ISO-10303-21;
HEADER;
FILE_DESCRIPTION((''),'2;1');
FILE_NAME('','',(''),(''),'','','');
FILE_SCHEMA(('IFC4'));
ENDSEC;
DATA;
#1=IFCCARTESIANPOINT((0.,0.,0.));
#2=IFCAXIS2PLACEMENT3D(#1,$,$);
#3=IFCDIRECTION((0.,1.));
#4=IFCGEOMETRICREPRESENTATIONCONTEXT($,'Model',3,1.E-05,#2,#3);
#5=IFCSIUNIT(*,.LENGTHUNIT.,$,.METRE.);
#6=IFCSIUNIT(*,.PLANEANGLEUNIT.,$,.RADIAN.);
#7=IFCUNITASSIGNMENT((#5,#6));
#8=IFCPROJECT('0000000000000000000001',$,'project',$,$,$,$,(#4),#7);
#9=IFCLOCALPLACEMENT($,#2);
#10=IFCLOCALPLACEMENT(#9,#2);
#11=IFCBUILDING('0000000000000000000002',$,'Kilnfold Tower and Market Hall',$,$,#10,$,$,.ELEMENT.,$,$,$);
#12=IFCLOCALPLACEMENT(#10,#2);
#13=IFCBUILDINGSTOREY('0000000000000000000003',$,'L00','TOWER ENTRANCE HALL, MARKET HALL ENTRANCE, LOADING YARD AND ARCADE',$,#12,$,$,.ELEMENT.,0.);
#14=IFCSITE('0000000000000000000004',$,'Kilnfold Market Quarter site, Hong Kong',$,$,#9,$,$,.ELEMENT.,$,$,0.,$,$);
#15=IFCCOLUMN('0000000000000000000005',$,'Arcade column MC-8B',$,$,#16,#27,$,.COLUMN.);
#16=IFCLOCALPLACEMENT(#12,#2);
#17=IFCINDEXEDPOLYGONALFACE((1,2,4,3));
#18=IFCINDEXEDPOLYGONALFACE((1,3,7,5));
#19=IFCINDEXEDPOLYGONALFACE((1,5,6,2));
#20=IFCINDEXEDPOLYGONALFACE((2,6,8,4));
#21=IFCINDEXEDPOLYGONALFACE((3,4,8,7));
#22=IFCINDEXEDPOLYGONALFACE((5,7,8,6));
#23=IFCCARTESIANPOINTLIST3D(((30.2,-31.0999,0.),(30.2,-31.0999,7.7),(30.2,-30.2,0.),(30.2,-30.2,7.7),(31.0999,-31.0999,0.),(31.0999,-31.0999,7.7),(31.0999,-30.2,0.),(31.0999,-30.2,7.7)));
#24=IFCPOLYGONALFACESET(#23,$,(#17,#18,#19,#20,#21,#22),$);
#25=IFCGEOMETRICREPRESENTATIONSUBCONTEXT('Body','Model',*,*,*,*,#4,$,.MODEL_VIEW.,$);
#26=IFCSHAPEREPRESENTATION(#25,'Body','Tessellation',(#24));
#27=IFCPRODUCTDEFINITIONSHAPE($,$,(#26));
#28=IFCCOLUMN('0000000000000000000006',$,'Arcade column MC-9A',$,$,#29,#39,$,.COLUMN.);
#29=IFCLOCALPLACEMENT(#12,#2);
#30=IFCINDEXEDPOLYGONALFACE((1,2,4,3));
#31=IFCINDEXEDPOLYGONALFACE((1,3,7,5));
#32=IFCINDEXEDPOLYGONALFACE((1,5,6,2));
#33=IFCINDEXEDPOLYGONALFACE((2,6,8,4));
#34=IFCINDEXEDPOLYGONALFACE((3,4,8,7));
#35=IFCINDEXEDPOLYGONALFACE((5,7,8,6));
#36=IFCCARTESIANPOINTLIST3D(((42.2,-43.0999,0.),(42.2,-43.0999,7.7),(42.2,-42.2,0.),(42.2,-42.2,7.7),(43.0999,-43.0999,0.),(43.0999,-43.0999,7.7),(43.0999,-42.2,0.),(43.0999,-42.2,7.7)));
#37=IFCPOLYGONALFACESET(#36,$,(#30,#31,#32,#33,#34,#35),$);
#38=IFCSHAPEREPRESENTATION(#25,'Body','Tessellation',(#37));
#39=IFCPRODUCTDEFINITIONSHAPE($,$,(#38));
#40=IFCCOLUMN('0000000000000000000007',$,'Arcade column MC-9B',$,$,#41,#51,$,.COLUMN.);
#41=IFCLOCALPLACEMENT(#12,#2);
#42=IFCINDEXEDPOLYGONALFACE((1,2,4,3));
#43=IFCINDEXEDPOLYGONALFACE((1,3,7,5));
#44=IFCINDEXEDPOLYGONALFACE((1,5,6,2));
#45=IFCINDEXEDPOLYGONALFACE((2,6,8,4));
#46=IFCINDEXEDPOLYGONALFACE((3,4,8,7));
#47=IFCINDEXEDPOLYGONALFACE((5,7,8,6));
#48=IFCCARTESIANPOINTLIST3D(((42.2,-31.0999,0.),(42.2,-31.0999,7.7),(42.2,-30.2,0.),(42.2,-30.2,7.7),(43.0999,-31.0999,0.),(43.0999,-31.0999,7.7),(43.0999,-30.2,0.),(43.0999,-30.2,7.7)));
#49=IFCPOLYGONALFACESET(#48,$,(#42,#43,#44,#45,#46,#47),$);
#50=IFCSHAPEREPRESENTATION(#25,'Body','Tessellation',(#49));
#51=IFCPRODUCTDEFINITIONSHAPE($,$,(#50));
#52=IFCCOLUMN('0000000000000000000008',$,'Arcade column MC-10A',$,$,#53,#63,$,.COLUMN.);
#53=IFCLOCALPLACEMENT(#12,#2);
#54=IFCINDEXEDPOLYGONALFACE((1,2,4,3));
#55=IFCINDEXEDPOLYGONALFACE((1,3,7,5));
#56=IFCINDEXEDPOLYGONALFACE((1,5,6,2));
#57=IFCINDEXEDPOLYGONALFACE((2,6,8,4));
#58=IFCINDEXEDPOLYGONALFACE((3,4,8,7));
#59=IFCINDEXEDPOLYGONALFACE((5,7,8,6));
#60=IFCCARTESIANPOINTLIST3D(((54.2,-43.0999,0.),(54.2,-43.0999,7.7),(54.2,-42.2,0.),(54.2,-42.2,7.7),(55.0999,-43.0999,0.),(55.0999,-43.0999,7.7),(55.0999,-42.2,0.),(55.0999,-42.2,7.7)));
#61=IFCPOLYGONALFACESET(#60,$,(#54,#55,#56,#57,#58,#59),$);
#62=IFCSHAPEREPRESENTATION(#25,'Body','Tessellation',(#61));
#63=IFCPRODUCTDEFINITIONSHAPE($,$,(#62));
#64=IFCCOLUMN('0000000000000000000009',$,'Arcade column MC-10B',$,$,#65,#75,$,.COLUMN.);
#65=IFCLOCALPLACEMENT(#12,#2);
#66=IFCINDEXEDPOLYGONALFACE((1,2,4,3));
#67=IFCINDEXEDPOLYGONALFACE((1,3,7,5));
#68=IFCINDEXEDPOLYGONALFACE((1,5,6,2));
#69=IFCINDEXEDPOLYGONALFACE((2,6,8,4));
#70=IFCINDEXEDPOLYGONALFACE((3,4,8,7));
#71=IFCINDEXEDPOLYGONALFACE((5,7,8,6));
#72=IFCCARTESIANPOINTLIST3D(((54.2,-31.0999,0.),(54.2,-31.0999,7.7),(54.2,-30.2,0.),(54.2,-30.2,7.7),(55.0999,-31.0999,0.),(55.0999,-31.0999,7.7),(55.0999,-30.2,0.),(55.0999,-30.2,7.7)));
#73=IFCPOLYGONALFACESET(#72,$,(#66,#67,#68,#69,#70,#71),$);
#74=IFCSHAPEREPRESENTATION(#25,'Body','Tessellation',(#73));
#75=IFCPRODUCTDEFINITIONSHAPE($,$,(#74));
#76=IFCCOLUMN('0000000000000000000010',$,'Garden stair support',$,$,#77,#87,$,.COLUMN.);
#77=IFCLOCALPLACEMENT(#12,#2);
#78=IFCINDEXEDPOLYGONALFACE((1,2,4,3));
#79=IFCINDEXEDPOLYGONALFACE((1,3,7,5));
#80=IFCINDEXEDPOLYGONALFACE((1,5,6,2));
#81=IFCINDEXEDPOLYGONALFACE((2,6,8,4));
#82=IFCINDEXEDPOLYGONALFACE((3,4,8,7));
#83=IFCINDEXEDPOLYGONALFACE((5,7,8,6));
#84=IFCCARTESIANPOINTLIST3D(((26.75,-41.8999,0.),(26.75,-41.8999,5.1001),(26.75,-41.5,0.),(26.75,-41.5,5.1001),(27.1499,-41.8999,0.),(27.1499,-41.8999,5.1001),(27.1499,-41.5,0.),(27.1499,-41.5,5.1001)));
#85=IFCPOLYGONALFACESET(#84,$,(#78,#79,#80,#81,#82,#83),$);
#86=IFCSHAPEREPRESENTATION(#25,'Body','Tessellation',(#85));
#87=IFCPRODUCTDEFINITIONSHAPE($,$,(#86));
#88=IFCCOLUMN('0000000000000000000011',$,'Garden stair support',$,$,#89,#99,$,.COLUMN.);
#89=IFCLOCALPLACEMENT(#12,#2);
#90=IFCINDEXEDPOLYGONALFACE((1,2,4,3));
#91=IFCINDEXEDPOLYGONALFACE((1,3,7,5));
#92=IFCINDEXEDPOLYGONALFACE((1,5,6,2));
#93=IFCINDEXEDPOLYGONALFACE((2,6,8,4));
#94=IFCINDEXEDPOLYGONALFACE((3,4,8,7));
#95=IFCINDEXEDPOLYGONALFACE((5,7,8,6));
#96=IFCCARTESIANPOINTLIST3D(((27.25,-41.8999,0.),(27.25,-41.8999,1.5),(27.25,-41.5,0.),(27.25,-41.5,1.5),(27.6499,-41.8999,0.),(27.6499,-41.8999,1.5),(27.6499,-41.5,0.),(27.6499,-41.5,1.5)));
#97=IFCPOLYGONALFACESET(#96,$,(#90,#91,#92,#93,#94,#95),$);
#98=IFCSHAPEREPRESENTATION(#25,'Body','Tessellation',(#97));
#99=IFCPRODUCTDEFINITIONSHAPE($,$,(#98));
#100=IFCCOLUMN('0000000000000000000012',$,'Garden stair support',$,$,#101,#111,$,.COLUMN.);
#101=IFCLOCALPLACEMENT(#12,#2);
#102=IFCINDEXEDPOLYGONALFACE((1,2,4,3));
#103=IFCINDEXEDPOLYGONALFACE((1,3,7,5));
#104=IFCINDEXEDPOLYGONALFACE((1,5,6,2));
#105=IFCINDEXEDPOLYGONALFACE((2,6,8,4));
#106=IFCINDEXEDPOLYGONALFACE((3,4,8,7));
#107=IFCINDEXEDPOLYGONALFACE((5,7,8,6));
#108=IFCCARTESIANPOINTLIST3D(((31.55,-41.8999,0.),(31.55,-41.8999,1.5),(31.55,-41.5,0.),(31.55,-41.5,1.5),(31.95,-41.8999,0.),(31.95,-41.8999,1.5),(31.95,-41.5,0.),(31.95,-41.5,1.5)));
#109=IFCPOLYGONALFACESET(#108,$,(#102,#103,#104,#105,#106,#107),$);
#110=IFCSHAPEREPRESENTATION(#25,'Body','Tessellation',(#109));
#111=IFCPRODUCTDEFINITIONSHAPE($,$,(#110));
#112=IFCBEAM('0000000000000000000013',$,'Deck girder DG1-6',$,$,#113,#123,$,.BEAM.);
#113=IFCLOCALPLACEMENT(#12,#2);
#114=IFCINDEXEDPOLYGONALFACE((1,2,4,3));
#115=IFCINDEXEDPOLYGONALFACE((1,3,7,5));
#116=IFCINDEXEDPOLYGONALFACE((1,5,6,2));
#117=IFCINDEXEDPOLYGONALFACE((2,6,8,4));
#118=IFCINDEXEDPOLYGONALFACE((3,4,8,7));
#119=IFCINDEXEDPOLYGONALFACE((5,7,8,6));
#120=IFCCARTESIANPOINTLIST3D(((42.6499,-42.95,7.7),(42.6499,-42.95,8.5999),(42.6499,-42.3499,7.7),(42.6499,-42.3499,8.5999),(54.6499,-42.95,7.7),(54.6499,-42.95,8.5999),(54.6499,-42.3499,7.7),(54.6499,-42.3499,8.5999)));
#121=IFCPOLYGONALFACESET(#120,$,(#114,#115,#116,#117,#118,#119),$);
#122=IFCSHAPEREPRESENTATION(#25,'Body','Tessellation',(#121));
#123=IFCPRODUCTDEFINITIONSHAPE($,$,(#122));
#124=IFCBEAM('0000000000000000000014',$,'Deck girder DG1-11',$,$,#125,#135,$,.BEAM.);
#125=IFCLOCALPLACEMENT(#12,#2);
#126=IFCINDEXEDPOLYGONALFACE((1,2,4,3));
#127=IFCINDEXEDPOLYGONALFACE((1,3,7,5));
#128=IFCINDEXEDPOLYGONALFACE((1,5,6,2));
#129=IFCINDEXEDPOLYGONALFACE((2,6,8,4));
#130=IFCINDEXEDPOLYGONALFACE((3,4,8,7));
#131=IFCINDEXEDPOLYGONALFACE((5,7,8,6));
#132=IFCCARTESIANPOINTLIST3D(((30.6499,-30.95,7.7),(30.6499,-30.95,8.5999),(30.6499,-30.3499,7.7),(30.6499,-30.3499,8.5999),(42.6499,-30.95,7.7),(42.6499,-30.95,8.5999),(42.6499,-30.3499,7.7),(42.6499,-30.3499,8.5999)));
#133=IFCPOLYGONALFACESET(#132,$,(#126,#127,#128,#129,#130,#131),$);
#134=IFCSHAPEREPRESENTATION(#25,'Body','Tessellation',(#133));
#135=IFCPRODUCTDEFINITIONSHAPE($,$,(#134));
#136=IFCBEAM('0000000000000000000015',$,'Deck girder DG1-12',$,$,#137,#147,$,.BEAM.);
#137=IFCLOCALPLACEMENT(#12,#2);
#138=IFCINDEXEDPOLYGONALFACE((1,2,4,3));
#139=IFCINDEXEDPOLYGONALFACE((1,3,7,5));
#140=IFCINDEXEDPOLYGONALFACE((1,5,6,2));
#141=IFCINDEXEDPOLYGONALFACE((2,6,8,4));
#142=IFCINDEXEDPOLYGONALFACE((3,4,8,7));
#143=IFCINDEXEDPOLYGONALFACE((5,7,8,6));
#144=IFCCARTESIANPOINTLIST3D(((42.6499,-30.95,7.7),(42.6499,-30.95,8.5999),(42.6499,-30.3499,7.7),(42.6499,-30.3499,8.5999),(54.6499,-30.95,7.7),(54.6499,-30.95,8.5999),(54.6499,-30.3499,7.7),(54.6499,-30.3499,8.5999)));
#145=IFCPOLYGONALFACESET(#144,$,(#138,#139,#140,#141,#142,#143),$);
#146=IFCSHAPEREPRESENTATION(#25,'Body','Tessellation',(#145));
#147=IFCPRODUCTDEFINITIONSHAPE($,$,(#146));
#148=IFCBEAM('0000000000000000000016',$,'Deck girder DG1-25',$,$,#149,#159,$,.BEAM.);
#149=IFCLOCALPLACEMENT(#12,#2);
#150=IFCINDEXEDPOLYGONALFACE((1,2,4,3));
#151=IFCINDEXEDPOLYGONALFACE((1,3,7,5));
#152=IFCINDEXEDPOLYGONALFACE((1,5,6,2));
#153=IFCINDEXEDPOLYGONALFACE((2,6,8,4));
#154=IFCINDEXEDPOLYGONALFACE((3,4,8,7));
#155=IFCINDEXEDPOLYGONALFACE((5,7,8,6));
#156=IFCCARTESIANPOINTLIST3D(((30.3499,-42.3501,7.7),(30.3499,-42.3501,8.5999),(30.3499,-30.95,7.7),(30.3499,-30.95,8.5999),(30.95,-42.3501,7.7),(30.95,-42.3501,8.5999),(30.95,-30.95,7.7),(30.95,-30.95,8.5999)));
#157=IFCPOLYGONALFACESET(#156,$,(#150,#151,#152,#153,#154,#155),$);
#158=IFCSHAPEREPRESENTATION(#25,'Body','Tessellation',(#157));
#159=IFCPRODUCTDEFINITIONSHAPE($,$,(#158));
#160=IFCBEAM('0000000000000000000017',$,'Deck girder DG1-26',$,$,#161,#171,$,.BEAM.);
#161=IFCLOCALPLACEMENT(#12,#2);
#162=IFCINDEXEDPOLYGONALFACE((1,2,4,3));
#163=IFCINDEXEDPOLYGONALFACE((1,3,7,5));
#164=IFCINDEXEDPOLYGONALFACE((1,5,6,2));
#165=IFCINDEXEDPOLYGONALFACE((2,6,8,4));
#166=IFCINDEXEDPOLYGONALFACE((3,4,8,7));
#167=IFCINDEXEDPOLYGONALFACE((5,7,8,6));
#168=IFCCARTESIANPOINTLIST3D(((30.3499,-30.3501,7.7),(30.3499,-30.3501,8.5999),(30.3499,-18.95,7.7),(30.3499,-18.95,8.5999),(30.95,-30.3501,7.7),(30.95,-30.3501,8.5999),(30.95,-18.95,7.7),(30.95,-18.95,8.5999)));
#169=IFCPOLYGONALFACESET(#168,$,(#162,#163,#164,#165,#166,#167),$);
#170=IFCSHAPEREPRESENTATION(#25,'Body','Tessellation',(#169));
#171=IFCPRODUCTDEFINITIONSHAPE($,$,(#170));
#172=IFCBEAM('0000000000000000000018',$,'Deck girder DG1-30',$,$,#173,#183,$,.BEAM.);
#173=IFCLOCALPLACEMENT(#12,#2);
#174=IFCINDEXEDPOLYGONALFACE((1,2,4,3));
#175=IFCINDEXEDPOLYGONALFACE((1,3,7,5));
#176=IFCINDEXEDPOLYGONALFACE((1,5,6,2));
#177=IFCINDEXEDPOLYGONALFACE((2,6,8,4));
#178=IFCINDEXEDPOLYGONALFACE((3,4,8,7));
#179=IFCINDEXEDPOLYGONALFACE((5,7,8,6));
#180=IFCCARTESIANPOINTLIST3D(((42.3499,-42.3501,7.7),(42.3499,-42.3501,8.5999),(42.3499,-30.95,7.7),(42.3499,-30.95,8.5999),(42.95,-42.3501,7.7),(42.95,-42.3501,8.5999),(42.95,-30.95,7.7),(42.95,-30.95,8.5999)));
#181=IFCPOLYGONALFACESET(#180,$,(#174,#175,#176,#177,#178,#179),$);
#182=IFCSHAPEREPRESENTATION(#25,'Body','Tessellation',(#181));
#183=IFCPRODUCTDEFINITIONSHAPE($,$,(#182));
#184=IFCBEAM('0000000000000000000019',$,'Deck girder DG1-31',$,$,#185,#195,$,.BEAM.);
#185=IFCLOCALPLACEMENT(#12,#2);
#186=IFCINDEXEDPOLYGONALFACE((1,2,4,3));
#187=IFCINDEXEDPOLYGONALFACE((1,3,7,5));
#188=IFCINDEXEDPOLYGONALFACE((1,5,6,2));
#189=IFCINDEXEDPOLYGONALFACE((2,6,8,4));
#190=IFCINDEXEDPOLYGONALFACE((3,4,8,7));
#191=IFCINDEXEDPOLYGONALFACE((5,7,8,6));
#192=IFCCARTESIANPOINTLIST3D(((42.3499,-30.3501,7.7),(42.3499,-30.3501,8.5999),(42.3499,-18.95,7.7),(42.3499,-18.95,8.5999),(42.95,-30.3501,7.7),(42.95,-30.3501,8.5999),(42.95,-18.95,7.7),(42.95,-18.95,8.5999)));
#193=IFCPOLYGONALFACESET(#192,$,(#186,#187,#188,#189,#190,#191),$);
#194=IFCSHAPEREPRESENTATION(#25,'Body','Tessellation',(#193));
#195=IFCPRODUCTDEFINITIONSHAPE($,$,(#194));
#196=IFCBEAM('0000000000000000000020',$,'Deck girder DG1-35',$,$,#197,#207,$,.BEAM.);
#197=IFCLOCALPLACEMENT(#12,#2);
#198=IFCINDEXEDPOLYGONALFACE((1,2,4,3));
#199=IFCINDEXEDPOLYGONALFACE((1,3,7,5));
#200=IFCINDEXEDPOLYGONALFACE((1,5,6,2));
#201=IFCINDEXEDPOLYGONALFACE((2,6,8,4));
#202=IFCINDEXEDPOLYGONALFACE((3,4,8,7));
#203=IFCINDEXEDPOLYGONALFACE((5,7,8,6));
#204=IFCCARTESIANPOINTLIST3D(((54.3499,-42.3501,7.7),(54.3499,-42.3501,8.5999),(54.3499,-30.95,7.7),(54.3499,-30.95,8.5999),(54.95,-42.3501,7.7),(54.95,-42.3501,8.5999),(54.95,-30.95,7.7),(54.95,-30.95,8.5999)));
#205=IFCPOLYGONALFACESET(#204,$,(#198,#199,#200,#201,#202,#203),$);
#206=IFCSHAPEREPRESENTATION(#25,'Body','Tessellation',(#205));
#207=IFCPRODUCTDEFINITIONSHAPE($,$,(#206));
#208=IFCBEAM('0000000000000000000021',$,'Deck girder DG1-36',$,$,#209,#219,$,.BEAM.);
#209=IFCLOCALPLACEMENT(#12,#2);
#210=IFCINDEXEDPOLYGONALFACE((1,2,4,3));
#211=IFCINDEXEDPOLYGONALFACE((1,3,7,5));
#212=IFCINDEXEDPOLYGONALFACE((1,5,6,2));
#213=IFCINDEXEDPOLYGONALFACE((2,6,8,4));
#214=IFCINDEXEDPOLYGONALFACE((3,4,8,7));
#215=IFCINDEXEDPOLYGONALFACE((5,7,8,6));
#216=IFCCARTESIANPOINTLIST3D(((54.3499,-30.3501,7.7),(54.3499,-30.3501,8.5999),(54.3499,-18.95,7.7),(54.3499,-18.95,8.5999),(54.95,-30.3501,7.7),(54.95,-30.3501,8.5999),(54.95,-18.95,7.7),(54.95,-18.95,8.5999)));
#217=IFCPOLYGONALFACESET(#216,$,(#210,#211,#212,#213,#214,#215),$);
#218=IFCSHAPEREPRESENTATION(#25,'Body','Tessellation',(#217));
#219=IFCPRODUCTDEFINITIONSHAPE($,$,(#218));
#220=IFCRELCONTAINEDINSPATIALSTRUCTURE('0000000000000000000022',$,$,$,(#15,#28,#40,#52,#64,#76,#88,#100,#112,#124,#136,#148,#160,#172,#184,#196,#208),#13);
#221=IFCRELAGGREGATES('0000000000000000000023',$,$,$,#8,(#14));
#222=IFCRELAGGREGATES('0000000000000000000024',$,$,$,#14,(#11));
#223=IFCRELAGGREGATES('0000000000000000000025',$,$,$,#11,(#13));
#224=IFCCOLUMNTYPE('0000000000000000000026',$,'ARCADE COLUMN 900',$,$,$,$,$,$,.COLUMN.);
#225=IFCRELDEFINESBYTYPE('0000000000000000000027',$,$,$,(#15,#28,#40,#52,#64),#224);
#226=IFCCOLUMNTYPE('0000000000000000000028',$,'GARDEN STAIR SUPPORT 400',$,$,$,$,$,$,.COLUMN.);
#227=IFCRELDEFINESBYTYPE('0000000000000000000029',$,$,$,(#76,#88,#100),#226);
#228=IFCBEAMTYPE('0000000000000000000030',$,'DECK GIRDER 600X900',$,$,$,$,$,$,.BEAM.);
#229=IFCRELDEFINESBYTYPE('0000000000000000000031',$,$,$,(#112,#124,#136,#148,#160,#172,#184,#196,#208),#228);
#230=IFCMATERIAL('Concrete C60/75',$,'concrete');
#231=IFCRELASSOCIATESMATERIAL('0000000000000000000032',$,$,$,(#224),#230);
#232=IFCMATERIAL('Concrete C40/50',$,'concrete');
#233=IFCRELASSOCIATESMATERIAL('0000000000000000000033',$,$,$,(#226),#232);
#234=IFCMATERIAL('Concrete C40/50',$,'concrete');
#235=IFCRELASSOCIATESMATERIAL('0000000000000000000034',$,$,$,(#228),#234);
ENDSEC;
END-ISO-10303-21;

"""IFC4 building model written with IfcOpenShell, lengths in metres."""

from ifc_helpers import new_model, si_unit, direction, frame, origin, origin_2d, place, context, subcontext, project, spatial, rectangle, extrude, source, transform, mapped, material, material_profile, profile_set, type_object, element, save


model = new_model("IFC4")

# Units and contexts
model_context = context("Model", 3, precision=1e-05, world=origin(), true_north=direction((0.0, 1.0)))
body_context = subcontext(model_context, "Body", "Model", "MODEL_VIEW")
ifc_project = project(units=[si_unit("LENGTHUNIT", "METRE"), si_unit("PLANEANGLEUNIT", "RADIAN")], contexts=[model_context])

# Site, building, storey
site_placement = place(None, origin())
site = spatial("IfcSite", under=ifc_project, at=site_placement, Name="Kilnfold Market Quarter site, Hong Kong", CompositionType="ELEMENT", RefElevation=0.0)
building_placement = place(site_placement, origin())
building = spatial("IfcBuilding", under=site, at=building_placement, Name="Kilnfold Tower and Market Hall", CompositionType="ELEMENT")
storey_placement = place(building_placement, origin())
storey = spatial("IfcBuildingStorey", under=building, at=storey_placement, Name="L00", Description="TOWER ENTRANCE HALL, MARKET HALL ENTRANCE, LOADING YARD AND ARCADE", CompositionType="ELEMENT", Elevation=0.0)

# Columns
ifc_material_1 = material(Name="Concrete C60/75", Category="concrete")
ifc_material_profile_1 = material_profile(ifc_material_1, rectangle(XDim=0.8999, YDim=0.8999, at=origin_2d()), Name="RC 900x900")
ifc_profile_set_1 = profile_set([ifc_material_profile_1], Name="Concrete C60/75")
column_type_1 = type_object("IfcColumnType", Name="ARCADE COLUMN 900", PredefinedType="COLUMN", material=ifc_profile_set_1)
shared_shape_1 = source(origin(), body_context, "Body", "SweptSolid", [
    extrude(rectangle(XDim=0.8999, YDim=0.8999, at=origin_2d()), origin(), (0.0, 0.0, 1.0), 7.7),
])
for number, where, z_axis, x_axis, name in (
    (1, (30.6499, -30.6499, 0.0), (0.0, 0.0, 1.0), (1.0, 0.0, 0.0), "Arcade column MC-8B"),
    (2, (42.6499, -42.6499, 0.0), (0.0, 0.0, 1.0), (1.0, 0.0, 0.0), "Arcade column MC-9A"),
    (3, (42.6499, -30.6499, 0.0), (0.0, 0.0, 1.0), (1.0, 0.0, 0.0), "Arcade column MC-9B"),
    (4, (54.6499, -42.6499, 0.0), (0.0, 0.0, 1.0), (1.0, 0.0, 0.0), "Arcade column MC-10A"),
    (5, (54.6499, -30.6499, 0.0), (0.0, 0.0, 1.0), (1.0, 0.0, 0.0), "Arcade column MC-10B"),
):
    element("IfcColumn", number, at=place(storey_placement, frame(where, z_axis=z_axis, x_axis=x_axis)), inside=storey, type_object=column_type_1, Name=name, PredefinedType="COLUMN", context=body_context, shape_type="MappedRepresentation", body=[
        mapped(shared_shape_1, transform((0.0, 0.0, 0.0))),
    ])
ifc_material_2 = material(Name="Concrete C40/50", Category="concrete")
ifc_material_profile_2 = material_profile(ifc_material_2, rectangle(XDim=0.3999, YDim=0.3999, at=origin_2d()), Name="RC 400x400")
ifc_profile_set_2 = profile_set([ifc_material_profile_2], Name="Concrete C40/50")
column_type_2 = type_object("IfcColumnType", Name="GARDEN STAIR SUPPORT 400", PredefinedType="COLUMN", material=ifc_profile_set_2)
shared_shape_2 = source(origin(), body_context, "Body", "SweptSolid", [
    extrude(rectangle(XDim=0.3999, YDim=0.3999, at=origin_2d()), origin(), (0.0, 0.0, 1.0), 5.1001),
])
column_placement = place(storey_placement, frame((26.95, -41.7, 0.0), z_axis=(0.0, 0.0, 1.0), x_axis=(1.0, 0.0, 0.0)))
element("IfcColumn", 6, at=column_placement, inside=storey, type_object=column_type_2, Name="Garden stair support", PredefinedType="COLUMN", context=body_context, shape_type="MappedRepresentation", body=[
    mapped(shared_shape_2, transform((0.0, 0.0, 0.0))),
])
shared_shape_3 = source(origin(), body_context, "Body", "SweptSolid", [
    extrude(rectangle(XDim=0.3999, YDim=0.3999, at=origin_2d()), origin(), (0.0, 0.0, 1.0), 1.5),
])
for number, where, z_axis, x_axis, name in (
    (7, (27.45, -41.7, 0.0), (0.0, 0.0, 1.0), (1.0, 0.0, 0.0), "Garden stair support"),
    (8, (31.75, -41.7, 0.0), (0.0, 0.0, 1.0), (1.0, 0.0, 0.0), "Garden stair support"),
):
    element("IfcColumn", number, at=place(storey_placement, frame(where, z_axis=z_axis, x_axis=x_axis)), inside=storey, type_object=column_type_2, Name=name, PredefinedType="COLUMN", context=body_context, shape_type="MappedRepresentation", body=[
        mapped(shared_shape_3, transform((0.0, 0.0, 0.0))),
    ])

# Beams
ifc_material_3 = material(Name="Concrete C40/50", Category="concrete")
ifc_material_profile_3 = material_profile(ifc_material_3, rectangle(XDim=0.6001, YDim=0.8999, at=origin_2d()), Name="RC 600x900")
ifc_profile_set_3 = profile_set([ifc_material_profile_3], Name="Concrete C40/50")
beam_type = type_object("IfcBeamType", Name="DECK GIRDER 600X900", PredefinedType="BEAM", material=ifc_profile_set_3)
shared_shape_4 = source(origin(), body_context, "Body", "SweptSolid", [
    extrude(rectangle(XDim=0.6001, YDim=0.8999, at=origin_2d()), origin(), (0.0, 0.0, 1.0), 12.0),
])
for number, where, z_axis, x_axis, name in (
    (9, (42.6499, -42.6499, 8.1499), (1.0, 0.0, 0.0), (0.0, 1.0, 0.0), "Deck girder DG1-6"),
    (10, (30.6499, -30.6499, 8.1499), (1.0, 0.0, 0.0), (0.0, 1.0, 0.0), "Deck girder DG1-11"),
    (11, (42.6499, -30.6499, 8.1499), (1.0, 0.0, 0.0), (0.0, 1.0, 0.0), "Deck girder DG1-12"),
):
    element("IfcBeam", number, at=place(storey_placement, frame(where, z_axis=z_axis, x_axis=x_axis)), inside=storey, type_object=beam_type, Name=name, PredefinedType="BEAM", context=body_context, shape_type="MappedRepresentation", body=[
        mapped(shared_shape_4, transform((0.0, 0.0, 0.0))),
    ])
shared_shape_5 = source(origin(), body_context, "Body", "SweptSolid", [
    extrude(rectangle(XDim=0.6001, YDim=0.8999, at=origin_2d()), origin(), (0.0, 0.0, 1.0), 11.4001),
])
for number, where, z_axis, x_axis, name in (
    (12, (30.6499, -42.3501, 8.1499), (0.0, 1.0, 0.0), (-1.0, 0.0, 0.0), "Deck girder DG1-25"),
    (13, (30.6499, -30.3501, 8.1499), (0.0, 1.0, 0.0), (-1.0, 0.0, 0.0), "Deck girder DG1-26"),
    (14, (42.6499, -42.3501, 8.1499), (0.0, 1.0, 0.0), (-1.0, 0.0, 0.0), "Deck girder DG1-30"),
    (15, (42.6499, -30.3501, 8.1499), (0.0, 1.0, 0.0), (-1.0, 0.0, 0.0), "Deck girder DG1-31"),
    (16, (54.6499, -42.3501, 8.1499), (0.0, 1.0, 0.0), (-1.0, 0.0, 0.0), "Deck girder DG1-35"),
    (17, (54.6499, -30.3501, 8.1499), (0.0, 1.0, 0.0), (-1.0, 0.0, 0.0), "Deck girder DG1-36"),
):
    element("IfcBeam", number, at=place(storey_placement, frame(where, z_axis=z_axis, x_axis=x_axis)), inside=storey, type_object=beam_type, Name=name, PredefinedType="BEAM", context=body_context, shape_type="MappedRepresentation", body=[
        mapped(shared_shape_5, transform((0.0, 0.0, 0.0))),
    ])

save(model, "model.ifc")
